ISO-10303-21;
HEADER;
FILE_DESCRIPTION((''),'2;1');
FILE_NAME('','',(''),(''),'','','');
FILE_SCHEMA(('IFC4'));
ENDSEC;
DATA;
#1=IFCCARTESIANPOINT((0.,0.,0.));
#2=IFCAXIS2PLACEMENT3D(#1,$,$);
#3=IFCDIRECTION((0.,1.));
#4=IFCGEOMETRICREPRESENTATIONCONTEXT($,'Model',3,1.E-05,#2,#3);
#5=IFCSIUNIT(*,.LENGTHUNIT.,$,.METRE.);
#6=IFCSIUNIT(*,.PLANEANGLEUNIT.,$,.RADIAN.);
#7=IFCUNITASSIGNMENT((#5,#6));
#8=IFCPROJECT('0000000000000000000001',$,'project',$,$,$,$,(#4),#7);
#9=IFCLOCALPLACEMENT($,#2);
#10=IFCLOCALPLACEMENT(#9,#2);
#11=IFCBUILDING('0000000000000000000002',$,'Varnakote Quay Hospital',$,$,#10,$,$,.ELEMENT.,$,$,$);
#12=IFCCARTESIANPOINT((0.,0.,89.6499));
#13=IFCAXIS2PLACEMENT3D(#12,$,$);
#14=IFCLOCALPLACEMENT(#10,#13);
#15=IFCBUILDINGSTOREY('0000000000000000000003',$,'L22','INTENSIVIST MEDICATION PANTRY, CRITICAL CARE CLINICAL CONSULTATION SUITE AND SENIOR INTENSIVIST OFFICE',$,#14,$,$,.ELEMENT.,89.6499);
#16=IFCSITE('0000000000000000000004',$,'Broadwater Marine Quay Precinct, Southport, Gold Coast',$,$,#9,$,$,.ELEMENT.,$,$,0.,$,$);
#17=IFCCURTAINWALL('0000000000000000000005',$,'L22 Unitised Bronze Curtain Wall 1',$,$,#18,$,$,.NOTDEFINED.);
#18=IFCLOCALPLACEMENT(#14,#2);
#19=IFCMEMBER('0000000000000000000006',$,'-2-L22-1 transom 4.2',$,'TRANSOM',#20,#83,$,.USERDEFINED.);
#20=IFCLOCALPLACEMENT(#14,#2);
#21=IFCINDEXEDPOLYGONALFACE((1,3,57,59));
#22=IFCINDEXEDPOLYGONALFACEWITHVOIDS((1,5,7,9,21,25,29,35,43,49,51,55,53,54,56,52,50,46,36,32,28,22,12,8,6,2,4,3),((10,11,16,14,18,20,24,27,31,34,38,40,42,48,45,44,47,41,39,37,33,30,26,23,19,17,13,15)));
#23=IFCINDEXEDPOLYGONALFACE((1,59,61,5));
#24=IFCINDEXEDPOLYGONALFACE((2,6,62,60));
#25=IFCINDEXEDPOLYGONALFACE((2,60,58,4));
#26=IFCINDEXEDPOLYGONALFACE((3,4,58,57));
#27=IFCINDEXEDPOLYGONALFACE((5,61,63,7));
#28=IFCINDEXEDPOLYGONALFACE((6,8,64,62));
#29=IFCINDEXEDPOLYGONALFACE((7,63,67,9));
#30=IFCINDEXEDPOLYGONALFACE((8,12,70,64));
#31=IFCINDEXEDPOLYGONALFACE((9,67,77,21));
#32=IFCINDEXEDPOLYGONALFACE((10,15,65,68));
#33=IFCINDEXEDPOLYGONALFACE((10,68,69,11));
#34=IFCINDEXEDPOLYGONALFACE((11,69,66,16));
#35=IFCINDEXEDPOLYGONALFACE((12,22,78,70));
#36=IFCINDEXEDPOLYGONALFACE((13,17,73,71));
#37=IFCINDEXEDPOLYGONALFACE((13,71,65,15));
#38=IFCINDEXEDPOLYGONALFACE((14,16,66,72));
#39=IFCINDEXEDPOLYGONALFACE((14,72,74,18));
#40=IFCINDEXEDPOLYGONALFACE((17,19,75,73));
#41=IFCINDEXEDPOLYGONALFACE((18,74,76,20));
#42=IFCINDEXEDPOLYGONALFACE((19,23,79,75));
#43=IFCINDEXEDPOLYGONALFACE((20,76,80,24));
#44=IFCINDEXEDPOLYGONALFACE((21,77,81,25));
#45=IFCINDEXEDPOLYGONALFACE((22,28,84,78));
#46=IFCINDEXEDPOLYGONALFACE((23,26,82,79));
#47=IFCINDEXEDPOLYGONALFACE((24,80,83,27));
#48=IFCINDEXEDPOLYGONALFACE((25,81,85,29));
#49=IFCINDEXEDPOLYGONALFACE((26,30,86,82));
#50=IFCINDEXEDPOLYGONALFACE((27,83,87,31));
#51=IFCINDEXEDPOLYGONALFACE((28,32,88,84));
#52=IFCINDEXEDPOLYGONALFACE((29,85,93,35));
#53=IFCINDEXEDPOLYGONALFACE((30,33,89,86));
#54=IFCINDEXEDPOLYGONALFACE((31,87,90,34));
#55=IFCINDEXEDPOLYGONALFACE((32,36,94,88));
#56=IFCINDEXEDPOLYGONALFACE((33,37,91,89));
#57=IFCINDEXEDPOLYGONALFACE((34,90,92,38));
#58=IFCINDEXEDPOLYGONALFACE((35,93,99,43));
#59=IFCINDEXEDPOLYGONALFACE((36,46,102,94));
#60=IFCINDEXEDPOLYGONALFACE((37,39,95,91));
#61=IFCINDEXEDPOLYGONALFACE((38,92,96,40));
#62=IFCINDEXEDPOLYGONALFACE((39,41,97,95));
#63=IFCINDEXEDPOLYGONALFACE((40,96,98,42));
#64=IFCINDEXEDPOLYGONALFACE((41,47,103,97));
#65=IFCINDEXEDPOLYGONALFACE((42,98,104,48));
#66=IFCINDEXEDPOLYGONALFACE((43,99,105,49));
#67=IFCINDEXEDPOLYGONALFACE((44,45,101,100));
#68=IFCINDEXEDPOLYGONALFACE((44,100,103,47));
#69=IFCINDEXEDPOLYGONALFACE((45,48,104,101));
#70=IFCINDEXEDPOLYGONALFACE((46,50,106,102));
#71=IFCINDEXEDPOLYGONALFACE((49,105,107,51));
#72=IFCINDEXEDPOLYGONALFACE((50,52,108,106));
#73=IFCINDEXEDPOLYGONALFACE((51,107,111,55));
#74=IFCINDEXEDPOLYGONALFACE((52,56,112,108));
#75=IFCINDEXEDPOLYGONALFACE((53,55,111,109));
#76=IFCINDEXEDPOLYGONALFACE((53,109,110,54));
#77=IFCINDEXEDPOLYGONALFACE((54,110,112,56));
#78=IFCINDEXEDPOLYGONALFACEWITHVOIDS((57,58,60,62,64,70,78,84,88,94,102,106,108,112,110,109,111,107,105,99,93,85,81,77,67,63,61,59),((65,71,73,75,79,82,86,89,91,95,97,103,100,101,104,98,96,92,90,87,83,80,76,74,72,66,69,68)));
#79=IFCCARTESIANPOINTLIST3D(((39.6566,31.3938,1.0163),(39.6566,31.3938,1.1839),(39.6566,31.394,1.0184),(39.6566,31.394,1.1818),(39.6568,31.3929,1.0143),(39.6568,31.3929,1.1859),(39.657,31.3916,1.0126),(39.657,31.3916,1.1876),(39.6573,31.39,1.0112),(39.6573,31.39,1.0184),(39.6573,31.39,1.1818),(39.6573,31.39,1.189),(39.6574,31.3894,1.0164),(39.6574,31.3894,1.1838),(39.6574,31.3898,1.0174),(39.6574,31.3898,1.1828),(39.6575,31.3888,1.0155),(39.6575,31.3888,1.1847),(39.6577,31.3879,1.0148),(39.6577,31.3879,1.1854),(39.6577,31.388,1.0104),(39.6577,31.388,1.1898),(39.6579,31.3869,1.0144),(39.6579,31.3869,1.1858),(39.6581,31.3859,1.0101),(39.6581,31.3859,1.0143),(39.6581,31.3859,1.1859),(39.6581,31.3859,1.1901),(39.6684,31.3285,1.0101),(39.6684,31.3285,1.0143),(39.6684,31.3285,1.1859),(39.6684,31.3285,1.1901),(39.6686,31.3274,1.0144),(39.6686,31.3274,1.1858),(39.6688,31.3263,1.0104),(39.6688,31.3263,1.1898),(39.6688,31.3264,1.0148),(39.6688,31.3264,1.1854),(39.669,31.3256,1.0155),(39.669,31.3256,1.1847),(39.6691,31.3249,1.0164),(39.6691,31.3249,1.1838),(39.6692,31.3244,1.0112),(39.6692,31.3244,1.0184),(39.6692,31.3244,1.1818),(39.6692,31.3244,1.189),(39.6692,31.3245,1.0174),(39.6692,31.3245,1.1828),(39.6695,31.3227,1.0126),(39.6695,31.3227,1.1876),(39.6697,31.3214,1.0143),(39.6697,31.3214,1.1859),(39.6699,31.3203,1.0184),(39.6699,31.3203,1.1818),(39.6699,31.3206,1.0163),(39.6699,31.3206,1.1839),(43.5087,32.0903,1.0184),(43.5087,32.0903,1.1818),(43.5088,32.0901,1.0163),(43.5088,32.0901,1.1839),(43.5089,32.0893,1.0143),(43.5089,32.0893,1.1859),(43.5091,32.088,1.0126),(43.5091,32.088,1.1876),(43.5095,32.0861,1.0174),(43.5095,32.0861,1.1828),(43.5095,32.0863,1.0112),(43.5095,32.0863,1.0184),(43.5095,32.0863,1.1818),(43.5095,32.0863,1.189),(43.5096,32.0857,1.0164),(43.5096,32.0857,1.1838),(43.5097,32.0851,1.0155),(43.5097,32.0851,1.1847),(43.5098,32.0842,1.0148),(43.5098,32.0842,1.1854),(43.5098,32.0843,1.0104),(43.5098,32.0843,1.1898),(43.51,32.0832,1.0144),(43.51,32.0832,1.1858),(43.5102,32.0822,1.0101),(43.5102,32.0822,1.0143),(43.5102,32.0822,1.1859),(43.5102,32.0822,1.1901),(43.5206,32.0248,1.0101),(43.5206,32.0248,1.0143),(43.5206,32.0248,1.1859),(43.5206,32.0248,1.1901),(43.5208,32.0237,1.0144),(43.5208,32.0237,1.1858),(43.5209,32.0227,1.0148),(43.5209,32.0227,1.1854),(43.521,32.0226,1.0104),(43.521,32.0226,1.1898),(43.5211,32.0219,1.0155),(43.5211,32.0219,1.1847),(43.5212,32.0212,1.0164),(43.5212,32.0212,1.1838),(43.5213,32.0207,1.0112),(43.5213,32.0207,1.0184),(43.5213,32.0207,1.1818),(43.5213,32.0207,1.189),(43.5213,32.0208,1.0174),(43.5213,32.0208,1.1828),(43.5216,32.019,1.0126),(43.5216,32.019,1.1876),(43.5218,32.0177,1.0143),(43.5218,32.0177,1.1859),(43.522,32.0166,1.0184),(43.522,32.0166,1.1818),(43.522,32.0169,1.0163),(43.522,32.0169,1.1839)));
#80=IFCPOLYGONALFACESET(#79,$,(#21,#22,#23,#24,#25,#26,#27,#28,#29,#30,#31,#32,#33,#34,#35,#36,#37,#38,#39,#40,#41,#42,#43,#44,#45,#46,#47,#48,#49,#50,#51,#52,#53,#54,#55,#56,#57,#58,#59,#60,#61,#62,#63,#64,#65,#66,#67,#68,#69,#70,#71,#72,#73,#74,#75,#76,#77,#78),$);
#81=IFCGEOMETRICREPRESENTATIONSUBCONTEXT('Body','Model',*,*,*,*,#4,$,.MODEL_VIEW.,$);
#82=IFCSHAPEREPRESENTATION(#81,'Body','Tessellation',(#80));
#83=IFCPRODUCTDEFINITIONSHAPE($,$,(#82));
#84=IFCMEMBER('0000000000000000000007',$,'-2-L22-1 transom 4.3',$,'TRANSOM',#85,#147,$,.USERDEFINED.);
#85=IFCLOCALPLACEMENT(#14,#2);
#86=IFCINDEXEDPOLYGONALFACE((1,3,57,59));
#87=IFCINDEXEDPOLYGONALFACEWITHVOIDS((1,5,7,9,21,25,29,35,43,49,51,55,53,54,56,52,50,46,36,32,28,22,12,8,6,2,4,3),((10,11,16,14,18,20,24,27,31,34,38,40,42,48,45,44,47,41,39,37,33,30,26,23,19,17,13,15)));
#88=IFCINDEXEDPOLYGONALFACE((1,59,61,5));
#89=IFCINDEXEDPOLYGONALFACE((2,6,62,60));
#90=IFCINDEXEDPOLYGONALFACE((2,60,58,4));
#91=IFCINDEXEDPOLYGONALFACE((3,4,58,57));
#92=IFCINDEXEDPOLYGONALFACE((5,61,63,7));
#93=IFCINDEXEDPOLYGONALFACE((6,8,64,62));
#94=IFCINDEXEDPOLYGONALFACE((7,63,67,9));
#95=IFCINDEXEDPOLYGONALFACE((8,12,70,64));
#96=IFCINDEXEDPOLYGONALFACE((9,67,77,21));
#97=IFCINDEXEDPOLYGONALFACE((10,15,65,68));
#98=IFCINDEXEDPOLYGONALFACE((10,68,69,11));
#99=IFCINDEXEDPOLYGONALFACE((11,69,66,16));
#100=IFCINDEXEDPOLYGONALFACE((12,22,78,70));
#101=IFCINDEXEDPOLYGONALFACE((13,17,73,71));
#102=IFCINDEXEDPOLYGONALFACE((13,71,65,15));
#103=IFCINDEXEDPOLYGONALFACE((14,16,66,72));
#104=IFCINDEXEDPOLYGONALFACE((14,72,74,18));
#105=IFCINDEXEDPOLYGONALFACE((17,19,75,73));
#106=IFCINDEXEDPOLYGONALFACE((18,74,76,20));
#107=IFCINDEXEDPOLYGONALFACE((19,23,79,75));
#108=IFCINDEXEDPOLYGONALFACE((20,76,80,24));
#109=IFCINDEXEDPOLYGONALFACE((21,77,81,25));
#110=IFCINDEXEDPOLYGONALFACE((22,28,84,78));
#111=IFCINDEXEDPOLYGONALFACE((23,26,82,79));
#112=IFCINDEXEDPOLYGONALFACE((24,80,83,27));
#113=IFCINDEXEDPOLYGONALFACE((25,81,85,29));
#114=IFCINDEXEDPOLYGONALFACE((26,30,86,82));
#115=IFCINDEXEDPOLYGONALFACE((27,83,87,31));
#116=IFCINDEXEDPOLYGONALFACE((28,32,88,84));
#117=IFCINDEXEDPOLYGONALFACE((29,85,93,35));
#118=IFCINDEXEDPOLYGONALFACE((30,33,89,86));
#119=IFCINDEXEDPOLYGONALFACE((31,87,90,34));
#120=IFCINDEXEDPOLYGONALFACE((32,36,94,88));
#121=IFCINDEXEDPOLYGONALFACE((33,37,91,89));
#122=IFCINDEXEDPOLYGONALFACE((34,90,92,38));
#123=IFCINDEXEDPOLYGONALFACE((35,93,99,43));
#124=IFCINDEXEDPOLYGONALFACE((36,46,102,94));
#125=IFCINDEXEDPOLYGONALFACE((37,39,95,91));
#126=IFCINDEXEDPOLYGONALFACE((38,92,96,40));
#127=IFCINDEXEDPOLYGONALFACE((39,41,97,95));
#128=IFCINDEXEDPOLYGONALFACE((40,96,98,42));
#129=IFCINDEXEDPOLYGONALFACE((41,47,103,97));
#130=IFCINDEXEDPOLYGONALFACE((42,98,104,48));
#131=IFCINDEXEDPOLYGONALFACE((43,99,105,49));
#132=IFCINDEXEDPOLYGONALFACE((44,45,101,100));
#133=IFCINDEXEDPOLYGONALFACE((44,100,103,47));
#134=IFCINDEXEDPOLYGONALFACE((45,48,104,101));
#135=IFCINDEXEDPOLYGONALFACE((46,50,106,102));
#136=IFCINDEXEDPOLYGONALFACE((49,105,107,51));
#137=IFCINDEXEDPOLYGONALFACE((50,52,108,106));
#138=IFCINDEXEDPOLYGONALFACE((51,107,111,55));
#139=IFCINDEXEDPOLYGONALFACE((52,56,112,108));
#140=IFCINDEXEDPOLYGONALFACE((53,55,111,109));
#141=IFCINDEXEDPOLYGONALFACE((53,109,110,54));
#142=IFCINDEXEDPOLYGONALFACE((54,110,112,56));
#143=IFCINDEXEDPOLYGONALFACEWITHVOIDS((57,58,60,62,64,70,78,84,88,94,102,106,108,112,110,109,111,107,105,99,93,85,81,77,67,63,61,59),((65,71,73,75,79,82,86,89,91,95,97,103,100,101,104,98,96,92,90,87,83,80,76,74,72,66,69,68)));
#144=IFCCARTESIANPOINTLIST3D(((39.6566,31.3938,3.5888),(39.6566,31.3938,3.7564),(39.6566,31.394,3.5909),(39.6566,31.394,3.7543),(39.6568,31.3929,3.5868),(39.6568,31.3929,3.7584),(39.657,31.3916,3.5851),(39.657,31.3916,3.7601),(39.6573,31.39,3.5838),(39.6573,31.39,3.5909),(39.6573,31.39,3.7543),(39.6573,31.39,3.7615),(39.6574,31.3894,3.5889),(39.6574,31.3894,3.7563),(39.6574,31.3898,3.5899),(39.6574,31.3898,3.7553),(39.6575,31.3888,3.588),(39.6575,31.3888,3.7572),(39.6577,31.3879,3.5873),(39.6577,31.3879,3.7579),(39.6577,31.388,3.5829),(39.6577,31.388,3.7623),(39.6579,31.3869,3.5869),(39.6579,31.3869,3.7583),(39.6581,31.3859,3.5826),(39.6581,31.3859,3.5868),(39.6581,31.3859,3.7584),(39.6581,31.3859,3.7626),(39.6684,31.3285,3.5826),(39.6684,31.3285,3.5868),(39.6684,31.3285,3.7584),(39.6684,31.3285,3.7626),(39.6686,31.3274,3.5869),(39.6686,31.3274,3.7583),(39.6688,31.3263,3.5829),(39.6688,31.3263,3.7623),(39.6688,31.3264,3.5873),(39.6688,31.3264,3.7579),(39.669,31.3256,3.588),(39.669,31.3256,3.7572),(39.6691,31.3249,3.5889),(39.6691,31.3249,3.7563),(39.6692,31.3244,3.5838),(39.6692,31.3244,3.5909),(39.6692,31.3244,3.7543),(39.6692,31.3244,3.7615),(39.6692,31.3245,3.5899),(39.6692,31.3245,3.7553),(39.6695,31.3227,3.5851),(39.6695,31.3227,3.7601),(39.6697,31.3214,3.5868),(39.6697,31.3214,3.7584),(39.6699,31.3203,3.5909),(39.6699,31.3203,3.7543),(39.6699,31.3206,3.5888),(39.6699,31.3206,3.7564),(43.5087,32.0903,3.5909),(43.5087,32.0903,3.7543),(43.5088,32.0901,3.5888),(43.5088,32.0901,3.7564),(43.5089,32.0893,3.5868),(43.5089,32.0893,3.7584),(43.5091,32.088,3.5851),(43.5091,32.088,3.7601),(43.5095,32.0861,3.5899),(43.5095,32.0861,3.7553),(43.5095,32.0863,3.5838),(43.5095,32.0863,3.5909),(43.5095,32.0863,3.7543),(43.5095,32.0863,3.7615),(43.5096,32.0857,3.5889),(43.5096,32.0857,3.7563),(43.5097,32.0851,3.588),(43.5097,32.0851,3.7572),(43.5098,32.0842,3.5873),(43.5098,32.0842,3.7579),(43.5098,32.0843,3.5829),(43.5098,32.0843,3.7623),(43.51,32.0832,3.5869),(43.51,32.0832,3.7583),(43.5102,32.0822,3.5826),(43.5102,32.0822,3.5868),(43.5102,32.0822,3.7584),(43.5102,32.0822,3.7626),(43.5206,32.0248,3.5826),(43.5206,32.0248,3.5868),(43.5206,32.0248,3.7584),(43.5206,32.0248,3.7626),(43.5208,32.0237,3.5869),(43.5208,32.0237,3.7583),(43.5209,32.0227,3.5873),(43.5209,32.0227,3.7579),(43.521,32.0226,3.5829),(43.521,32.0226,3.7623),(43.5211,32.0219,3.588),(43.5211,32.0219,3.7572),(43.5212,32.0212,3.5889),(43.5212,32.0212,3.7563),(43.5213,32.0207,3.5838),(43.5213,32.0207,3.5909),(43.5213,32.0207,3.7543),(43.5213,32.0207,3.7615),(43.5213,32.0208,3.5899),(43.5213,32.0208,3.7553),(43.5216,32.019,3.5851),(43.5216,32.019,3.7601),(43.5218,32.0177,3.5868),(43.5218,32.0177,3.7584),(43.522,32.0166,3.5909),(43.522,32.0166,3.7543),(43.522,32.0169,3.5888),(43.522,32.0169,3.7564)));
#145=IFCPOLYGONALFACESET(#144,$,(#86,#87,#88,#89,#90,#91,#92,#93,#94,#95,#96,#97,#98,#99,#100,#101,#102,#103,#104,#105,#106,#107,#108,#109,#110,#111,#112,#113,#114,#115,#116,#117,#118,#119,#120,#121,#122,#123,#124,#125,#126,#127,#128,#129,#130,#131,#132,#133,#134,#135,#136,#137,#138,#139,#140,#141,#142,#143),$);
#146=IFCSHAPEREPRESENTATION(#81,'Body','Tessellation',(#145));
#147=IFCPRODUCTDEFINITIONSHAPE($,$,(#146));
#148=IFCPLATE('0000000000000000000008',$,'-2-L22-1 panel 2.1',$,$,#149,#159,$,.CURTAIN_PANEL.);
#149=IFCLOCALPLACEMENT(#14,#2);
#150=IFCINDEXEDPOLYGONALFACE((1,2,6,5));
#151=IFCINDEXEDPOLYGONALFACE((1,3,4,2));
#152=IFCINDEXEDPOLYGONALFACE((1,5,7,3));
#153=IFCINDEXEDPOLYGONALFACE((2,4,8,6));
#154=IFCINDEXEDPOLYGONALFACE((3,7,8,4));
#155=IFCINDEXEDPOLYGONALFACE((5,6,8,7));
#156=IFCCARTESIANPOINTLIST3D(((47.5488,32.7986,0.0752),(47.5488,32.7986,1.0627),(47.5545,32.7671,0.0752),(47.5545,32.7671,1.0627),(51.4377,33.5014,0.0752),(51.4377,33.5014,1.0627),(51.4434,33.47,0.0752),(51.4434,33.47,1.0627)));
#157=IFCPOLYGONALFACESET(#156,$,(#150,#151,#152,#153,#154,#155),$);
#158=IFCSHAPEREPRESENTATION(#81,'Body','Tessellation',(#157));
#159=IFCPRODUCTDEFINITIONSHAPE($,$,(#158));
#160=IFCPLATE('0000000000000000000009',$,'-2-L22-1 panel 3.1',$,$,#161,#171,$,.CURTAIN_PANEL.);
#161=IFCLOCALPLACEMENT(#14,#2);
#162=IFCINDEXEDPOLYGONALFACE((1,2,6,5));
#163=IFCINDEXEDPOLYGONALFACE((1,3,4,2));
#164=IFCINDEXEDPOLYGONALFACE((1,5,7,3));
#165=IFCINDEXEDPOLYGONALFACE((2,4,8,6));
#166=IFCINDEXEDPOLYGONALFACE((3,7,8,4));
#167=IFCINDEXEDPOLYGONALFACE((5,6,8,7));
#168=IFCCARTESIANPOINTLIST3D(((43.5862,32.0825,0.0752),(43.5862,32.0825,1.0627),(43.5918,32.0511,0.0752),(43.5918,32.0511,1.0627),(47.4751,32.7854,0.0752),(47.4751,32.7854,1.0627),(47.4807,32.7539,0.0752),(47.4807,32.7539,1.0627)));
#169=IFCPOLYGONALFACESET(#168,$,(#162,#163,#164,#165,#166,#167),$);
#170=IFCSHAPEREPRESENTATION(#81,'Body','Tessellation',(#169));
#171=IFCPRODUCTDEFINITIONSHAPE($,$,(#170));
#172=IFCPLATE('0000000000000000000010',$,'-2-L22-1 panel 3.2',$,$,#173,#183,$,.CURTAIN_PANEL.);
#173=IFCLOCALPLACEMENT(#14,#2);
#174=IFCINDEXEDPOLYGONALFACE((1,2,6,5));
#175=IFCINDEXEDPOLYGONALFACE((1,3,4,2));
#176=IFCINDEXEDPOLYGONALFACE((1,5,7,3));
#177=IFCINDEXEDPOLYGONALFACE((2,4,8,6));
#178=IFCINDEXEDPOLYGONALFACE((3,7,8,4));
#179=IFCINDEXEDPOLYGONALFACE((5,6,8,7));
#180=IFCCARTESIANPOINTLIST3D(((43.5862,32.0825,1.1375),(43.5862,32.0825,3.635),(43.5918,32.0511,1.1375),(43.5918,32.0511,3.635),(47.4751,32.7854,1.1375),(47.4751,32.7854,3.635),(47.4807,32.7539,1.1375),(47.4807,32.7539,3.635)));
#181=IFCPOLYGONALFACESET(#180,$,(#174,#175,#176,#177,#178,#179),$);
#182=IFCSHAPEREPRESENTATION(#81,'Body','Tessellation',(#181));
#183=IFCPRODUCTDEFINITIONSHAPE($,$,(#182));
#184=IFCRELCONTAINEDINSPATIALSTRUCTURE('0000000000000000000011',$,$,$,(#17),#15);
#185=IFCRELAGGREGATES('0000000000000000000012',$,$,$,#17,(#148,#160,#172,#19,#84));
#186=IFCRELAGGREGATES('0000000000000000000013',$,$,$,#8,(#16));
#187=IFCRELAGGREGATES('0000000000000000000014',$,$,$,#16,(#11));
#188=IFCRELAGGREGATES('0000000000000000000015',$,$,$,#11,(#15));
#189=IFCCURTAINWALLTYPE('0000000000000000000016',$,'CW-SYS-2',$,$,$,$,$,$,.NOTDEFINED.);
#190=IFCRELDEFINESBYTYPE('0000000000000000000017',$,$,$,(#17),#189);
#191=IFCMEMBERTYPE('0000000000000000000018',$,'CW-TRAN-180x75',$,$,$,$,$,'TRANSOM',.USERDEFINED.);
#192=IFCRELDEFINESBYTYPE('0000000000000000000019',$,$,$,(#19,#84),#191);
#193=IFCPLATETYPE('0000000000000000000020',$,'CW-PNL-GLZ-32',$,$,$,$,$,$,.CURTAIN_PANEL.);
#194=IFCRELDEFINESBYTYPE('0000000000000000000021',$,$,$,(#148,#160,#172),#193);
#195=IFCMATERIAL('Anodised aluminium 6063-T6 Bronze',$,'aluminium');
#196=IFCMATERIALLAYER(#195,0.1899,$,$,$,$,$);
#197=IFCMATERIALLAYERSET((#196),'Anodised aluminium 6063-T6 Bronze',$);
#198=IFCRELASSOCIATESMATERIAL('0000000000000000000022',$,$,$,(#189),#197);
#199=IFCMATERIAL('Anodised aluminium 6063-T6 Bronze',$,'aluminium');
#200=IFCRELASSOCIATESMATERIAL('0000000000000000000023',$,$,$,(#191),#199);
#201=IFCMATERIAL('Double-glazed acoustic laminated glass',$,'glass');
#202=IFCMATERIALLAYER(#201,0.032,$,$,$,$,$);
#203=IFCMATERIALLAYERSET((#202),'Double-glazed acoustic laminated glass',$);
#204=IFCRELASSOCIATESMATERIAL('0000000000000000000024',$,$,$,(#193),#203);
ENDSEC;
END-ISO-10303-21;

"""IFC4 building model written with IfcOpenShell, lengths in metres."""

from ifc_helpers import new_model, si_unit, direction, frame, origin, origin_2d, place, context, subcontext, project, spatial, rectangle, hollow_rectangle, extrude, material, layer, layer_set, material_profile, profile_set, type_object, element, aggregate, save


model = new_model("IFC4")

# Units and contexts
model_context = context("Model", 3, precision=1e-05, world=origin(), true_north=direction((0.0, 1.0)))
body_context = subcontext(model_context, "Body", "Model", "MODEL_VIEW")
ifc_project = project(units=[si_unit("LENGTHUNIT", "METRE"), si_unit("PLANEANGLEUNIT", "RADIAN")], contexts=[model_context])

# Site, building, storey
site_placement = place(None, origin())
site = spatial("IfcSite", under=ifc_project, at=site_placement, Name="Broadwater Marine Quay Precinct, Southport, Gold Coast", CompositionType="ELEMENT", RefElevation=0.0)
building_placement = place(site_placement, origin())
building = spatial("IfcBuilding", under=site, at=building_placement, Name="Varnakote Quay Hospital", CompositionType="ELEMENT")
storey_placement = place(building_placement, frame((0.0, 0.0, 89.6499)))
storey = spatial("IfcBuildingStorey", under=building, at=storey_placement, Name="L22", Description="INTENSIVIST MEDICATION PANTRY, CRITICAL CARE CLINICAL CONSULTATION SUITE AND SENIOR INTENSIVIST OFFICE", CompositionType="ELEMENT", Elevation=89.6499)

# Curtain wall, members, plates
ifc_material_1 = material(Name="Anodised aluminium 6063-T6 Bronze", Category="aluminium")
ifc_layer_1 = layer(ifc_material_1, 0.1899)
ifc_layer_set_1 = layer_set([ifc_layer_1], Name="Anodised aluminium 6063-T6 Bronze")
curtain_wall_type = type_object("IfcCurtainWallType", Name="CW-SYS-2", PredefinedType="NOTDEFINED", material=ifc_layer_set_1)
curtain_wall_placement = place(storey_placement, origin())
curtain_wall = element("IfcCurtainWall", 1, at=curtain_wall_placement, inside=storey, type_object=curtain_wall_type, Name="L22 Unitised Bronze Curtain Wall 1", PredefinedType="NOTDEFINED")
ifc_material_2 = material(Name="Anodised aluminium 6063-T6 Bronze", Category="aluminium")
ifc_material_profile_1 = material_profile(ifc_material_2, hollow_rectangle(XDim=0.075, YDim=0.1799, WallThickness=0.0042, InnerFilletRadius=0.0042, OuterFilletRadius=0.0083, at=origin_2d()), Name="CW-TRAN-180x75")
ifc_profile_set_1 = profile_set([ifc_material_profile_1], Name="Anodised aluminium 6063-T6 Bronze")
member_type_1 = type_object("IfcMemberType", Name="CW-TRAN-180x75", ElementType="TRANSOM", PredefinedType="USERDEFINED", material=ifc_profile_set_1)
member_1_placement = place(storey_placement, frame((43.5154, 32.0535, 1.1001), z_axis=(-0.984053, -0.177875, 0.0), x_axis=(0.177875, -0.984053, 0.0)))
member_1 = element("IfcMember", 2, at=member_1_placement, type_object=member_type_1, Name="-2-L22-1 transom 4.2", ObjectType="TRANSOM", PredefinedType="USERDEFINED", context=body_context, shape_type="SweptSolid", body=[
    extrude(hollow_rectangle(XDim=0.075, YDim=0.1799, WallThickness=0.0042, InnerFilletRadius=0.0042, OuterFilletRadius=0.0083, at=origin_2d()), origin(), (0.0, 0.0, 1.0), 3.9146),
])
member_2_placement = place(storey_placement, frame((43.5154, 32.0535, 3.6726), z_axis=(-0.984053, -0.177875, 0.0), x_axis=(0.177875, -0.984053, 0.0)))
member_2 = element("IfcMember", 3, at=member_2_placement, type_object=member_type_1, Name="-2-L22-1 transom 4.3", ObjectType="TRANSOM", PredefinedType="USERDEFINED", context=body_context, shape_type="SweptSolid", body=[
    extrude(hollow_rectangle(XDim=0.075, YDim=0.1799, WallThickness=0.0042, InnerFilletRadius=0.0042, OuterFilletRadius=0.0083, at=origin_2d()), origin(), (0.0, 0.0, 1.0), 3.9146),
])
ifc_material_3 = material(Name="Double-glazed acoustic laminated glass", Category="glass")
ifc_layer_2 = layer(ifc_material_3, 0.032)
ifc_layer_set_2 = layer_set([ifc_layer_2], Name="Double-glazed acoustic laminated glass")
plate_type = type_object("IfcPlateType", Name="CW-PNL-GLZ-32", PredefinedType="CURTAIN_PANEL", material=ifc_layer_set_2)
plate_1_placement = place(storey_placement, frame((49.4961, 33.1343, 0.0752), z_axis=(0.0, 0.0, 1.0), x_axis=(-0.984058, -0.177846, 0.0)))
plate_1 = element("IfcPlate", 4, at=plate_1_placement, type_object=plate_type, Name="-2-L22-1 panel 2.1", PredefinedType="CURTAIN_PANEL", context=body_context, shape_type="SweptSolid", body=[
    extrude(rectangle(XDim=3.9519, YDim=0.032, at=origin_2d()), origin(), (0.0, 0.0, 1.0), 0.9875),
])
plate_2_placement = place(storey_placement, frame((45.5334, 32.4182, 0.0752), z_axis=(0.0, 0.0, 1.0), x_axis=(-0.984058, -0.177846, 0.0)))
plate_2 = element("IfcPlate", 5, at=plate_2_placement, type_object=plate_type, Name="-2-L22-1 panel 3.1", PredefinedType="CURTAIN_PANEL", context=body_context, shape_type="SweptSolid", body=[
    extrude(rectangle(XDim=3.9519, YDim=0.032, at=origin_2d()), origin(), (0.0, 0.0, 1.0), 0.9875),
])
plate_3_placement = place(storey_placement, frame((45.5334, 32.4182, 1.1375), z_axis=(0.0, 0.0, 1.0), x_axis=(-0.984058, -0.177846, 0.0)))
plate_3 = element("IfcPlate", 6, at=plate_3_placement, type_object=plate_type, Name="-2-L22-1 panel 3.2", PredefinedType="CURTAIN_PANEL", context=body_context, shape_type="SweptSolid", body=[
    extrude(rectangle(XDim=3.9519, YDim=0.032, at=origin_2d()), origin(), (0.0, 0.0, 1.0), 2.4976),
])
aggregate(curtain_wall, [plate_1, plate_2, plate_3, member_1, member_2])

save(model, "model.ifc")
